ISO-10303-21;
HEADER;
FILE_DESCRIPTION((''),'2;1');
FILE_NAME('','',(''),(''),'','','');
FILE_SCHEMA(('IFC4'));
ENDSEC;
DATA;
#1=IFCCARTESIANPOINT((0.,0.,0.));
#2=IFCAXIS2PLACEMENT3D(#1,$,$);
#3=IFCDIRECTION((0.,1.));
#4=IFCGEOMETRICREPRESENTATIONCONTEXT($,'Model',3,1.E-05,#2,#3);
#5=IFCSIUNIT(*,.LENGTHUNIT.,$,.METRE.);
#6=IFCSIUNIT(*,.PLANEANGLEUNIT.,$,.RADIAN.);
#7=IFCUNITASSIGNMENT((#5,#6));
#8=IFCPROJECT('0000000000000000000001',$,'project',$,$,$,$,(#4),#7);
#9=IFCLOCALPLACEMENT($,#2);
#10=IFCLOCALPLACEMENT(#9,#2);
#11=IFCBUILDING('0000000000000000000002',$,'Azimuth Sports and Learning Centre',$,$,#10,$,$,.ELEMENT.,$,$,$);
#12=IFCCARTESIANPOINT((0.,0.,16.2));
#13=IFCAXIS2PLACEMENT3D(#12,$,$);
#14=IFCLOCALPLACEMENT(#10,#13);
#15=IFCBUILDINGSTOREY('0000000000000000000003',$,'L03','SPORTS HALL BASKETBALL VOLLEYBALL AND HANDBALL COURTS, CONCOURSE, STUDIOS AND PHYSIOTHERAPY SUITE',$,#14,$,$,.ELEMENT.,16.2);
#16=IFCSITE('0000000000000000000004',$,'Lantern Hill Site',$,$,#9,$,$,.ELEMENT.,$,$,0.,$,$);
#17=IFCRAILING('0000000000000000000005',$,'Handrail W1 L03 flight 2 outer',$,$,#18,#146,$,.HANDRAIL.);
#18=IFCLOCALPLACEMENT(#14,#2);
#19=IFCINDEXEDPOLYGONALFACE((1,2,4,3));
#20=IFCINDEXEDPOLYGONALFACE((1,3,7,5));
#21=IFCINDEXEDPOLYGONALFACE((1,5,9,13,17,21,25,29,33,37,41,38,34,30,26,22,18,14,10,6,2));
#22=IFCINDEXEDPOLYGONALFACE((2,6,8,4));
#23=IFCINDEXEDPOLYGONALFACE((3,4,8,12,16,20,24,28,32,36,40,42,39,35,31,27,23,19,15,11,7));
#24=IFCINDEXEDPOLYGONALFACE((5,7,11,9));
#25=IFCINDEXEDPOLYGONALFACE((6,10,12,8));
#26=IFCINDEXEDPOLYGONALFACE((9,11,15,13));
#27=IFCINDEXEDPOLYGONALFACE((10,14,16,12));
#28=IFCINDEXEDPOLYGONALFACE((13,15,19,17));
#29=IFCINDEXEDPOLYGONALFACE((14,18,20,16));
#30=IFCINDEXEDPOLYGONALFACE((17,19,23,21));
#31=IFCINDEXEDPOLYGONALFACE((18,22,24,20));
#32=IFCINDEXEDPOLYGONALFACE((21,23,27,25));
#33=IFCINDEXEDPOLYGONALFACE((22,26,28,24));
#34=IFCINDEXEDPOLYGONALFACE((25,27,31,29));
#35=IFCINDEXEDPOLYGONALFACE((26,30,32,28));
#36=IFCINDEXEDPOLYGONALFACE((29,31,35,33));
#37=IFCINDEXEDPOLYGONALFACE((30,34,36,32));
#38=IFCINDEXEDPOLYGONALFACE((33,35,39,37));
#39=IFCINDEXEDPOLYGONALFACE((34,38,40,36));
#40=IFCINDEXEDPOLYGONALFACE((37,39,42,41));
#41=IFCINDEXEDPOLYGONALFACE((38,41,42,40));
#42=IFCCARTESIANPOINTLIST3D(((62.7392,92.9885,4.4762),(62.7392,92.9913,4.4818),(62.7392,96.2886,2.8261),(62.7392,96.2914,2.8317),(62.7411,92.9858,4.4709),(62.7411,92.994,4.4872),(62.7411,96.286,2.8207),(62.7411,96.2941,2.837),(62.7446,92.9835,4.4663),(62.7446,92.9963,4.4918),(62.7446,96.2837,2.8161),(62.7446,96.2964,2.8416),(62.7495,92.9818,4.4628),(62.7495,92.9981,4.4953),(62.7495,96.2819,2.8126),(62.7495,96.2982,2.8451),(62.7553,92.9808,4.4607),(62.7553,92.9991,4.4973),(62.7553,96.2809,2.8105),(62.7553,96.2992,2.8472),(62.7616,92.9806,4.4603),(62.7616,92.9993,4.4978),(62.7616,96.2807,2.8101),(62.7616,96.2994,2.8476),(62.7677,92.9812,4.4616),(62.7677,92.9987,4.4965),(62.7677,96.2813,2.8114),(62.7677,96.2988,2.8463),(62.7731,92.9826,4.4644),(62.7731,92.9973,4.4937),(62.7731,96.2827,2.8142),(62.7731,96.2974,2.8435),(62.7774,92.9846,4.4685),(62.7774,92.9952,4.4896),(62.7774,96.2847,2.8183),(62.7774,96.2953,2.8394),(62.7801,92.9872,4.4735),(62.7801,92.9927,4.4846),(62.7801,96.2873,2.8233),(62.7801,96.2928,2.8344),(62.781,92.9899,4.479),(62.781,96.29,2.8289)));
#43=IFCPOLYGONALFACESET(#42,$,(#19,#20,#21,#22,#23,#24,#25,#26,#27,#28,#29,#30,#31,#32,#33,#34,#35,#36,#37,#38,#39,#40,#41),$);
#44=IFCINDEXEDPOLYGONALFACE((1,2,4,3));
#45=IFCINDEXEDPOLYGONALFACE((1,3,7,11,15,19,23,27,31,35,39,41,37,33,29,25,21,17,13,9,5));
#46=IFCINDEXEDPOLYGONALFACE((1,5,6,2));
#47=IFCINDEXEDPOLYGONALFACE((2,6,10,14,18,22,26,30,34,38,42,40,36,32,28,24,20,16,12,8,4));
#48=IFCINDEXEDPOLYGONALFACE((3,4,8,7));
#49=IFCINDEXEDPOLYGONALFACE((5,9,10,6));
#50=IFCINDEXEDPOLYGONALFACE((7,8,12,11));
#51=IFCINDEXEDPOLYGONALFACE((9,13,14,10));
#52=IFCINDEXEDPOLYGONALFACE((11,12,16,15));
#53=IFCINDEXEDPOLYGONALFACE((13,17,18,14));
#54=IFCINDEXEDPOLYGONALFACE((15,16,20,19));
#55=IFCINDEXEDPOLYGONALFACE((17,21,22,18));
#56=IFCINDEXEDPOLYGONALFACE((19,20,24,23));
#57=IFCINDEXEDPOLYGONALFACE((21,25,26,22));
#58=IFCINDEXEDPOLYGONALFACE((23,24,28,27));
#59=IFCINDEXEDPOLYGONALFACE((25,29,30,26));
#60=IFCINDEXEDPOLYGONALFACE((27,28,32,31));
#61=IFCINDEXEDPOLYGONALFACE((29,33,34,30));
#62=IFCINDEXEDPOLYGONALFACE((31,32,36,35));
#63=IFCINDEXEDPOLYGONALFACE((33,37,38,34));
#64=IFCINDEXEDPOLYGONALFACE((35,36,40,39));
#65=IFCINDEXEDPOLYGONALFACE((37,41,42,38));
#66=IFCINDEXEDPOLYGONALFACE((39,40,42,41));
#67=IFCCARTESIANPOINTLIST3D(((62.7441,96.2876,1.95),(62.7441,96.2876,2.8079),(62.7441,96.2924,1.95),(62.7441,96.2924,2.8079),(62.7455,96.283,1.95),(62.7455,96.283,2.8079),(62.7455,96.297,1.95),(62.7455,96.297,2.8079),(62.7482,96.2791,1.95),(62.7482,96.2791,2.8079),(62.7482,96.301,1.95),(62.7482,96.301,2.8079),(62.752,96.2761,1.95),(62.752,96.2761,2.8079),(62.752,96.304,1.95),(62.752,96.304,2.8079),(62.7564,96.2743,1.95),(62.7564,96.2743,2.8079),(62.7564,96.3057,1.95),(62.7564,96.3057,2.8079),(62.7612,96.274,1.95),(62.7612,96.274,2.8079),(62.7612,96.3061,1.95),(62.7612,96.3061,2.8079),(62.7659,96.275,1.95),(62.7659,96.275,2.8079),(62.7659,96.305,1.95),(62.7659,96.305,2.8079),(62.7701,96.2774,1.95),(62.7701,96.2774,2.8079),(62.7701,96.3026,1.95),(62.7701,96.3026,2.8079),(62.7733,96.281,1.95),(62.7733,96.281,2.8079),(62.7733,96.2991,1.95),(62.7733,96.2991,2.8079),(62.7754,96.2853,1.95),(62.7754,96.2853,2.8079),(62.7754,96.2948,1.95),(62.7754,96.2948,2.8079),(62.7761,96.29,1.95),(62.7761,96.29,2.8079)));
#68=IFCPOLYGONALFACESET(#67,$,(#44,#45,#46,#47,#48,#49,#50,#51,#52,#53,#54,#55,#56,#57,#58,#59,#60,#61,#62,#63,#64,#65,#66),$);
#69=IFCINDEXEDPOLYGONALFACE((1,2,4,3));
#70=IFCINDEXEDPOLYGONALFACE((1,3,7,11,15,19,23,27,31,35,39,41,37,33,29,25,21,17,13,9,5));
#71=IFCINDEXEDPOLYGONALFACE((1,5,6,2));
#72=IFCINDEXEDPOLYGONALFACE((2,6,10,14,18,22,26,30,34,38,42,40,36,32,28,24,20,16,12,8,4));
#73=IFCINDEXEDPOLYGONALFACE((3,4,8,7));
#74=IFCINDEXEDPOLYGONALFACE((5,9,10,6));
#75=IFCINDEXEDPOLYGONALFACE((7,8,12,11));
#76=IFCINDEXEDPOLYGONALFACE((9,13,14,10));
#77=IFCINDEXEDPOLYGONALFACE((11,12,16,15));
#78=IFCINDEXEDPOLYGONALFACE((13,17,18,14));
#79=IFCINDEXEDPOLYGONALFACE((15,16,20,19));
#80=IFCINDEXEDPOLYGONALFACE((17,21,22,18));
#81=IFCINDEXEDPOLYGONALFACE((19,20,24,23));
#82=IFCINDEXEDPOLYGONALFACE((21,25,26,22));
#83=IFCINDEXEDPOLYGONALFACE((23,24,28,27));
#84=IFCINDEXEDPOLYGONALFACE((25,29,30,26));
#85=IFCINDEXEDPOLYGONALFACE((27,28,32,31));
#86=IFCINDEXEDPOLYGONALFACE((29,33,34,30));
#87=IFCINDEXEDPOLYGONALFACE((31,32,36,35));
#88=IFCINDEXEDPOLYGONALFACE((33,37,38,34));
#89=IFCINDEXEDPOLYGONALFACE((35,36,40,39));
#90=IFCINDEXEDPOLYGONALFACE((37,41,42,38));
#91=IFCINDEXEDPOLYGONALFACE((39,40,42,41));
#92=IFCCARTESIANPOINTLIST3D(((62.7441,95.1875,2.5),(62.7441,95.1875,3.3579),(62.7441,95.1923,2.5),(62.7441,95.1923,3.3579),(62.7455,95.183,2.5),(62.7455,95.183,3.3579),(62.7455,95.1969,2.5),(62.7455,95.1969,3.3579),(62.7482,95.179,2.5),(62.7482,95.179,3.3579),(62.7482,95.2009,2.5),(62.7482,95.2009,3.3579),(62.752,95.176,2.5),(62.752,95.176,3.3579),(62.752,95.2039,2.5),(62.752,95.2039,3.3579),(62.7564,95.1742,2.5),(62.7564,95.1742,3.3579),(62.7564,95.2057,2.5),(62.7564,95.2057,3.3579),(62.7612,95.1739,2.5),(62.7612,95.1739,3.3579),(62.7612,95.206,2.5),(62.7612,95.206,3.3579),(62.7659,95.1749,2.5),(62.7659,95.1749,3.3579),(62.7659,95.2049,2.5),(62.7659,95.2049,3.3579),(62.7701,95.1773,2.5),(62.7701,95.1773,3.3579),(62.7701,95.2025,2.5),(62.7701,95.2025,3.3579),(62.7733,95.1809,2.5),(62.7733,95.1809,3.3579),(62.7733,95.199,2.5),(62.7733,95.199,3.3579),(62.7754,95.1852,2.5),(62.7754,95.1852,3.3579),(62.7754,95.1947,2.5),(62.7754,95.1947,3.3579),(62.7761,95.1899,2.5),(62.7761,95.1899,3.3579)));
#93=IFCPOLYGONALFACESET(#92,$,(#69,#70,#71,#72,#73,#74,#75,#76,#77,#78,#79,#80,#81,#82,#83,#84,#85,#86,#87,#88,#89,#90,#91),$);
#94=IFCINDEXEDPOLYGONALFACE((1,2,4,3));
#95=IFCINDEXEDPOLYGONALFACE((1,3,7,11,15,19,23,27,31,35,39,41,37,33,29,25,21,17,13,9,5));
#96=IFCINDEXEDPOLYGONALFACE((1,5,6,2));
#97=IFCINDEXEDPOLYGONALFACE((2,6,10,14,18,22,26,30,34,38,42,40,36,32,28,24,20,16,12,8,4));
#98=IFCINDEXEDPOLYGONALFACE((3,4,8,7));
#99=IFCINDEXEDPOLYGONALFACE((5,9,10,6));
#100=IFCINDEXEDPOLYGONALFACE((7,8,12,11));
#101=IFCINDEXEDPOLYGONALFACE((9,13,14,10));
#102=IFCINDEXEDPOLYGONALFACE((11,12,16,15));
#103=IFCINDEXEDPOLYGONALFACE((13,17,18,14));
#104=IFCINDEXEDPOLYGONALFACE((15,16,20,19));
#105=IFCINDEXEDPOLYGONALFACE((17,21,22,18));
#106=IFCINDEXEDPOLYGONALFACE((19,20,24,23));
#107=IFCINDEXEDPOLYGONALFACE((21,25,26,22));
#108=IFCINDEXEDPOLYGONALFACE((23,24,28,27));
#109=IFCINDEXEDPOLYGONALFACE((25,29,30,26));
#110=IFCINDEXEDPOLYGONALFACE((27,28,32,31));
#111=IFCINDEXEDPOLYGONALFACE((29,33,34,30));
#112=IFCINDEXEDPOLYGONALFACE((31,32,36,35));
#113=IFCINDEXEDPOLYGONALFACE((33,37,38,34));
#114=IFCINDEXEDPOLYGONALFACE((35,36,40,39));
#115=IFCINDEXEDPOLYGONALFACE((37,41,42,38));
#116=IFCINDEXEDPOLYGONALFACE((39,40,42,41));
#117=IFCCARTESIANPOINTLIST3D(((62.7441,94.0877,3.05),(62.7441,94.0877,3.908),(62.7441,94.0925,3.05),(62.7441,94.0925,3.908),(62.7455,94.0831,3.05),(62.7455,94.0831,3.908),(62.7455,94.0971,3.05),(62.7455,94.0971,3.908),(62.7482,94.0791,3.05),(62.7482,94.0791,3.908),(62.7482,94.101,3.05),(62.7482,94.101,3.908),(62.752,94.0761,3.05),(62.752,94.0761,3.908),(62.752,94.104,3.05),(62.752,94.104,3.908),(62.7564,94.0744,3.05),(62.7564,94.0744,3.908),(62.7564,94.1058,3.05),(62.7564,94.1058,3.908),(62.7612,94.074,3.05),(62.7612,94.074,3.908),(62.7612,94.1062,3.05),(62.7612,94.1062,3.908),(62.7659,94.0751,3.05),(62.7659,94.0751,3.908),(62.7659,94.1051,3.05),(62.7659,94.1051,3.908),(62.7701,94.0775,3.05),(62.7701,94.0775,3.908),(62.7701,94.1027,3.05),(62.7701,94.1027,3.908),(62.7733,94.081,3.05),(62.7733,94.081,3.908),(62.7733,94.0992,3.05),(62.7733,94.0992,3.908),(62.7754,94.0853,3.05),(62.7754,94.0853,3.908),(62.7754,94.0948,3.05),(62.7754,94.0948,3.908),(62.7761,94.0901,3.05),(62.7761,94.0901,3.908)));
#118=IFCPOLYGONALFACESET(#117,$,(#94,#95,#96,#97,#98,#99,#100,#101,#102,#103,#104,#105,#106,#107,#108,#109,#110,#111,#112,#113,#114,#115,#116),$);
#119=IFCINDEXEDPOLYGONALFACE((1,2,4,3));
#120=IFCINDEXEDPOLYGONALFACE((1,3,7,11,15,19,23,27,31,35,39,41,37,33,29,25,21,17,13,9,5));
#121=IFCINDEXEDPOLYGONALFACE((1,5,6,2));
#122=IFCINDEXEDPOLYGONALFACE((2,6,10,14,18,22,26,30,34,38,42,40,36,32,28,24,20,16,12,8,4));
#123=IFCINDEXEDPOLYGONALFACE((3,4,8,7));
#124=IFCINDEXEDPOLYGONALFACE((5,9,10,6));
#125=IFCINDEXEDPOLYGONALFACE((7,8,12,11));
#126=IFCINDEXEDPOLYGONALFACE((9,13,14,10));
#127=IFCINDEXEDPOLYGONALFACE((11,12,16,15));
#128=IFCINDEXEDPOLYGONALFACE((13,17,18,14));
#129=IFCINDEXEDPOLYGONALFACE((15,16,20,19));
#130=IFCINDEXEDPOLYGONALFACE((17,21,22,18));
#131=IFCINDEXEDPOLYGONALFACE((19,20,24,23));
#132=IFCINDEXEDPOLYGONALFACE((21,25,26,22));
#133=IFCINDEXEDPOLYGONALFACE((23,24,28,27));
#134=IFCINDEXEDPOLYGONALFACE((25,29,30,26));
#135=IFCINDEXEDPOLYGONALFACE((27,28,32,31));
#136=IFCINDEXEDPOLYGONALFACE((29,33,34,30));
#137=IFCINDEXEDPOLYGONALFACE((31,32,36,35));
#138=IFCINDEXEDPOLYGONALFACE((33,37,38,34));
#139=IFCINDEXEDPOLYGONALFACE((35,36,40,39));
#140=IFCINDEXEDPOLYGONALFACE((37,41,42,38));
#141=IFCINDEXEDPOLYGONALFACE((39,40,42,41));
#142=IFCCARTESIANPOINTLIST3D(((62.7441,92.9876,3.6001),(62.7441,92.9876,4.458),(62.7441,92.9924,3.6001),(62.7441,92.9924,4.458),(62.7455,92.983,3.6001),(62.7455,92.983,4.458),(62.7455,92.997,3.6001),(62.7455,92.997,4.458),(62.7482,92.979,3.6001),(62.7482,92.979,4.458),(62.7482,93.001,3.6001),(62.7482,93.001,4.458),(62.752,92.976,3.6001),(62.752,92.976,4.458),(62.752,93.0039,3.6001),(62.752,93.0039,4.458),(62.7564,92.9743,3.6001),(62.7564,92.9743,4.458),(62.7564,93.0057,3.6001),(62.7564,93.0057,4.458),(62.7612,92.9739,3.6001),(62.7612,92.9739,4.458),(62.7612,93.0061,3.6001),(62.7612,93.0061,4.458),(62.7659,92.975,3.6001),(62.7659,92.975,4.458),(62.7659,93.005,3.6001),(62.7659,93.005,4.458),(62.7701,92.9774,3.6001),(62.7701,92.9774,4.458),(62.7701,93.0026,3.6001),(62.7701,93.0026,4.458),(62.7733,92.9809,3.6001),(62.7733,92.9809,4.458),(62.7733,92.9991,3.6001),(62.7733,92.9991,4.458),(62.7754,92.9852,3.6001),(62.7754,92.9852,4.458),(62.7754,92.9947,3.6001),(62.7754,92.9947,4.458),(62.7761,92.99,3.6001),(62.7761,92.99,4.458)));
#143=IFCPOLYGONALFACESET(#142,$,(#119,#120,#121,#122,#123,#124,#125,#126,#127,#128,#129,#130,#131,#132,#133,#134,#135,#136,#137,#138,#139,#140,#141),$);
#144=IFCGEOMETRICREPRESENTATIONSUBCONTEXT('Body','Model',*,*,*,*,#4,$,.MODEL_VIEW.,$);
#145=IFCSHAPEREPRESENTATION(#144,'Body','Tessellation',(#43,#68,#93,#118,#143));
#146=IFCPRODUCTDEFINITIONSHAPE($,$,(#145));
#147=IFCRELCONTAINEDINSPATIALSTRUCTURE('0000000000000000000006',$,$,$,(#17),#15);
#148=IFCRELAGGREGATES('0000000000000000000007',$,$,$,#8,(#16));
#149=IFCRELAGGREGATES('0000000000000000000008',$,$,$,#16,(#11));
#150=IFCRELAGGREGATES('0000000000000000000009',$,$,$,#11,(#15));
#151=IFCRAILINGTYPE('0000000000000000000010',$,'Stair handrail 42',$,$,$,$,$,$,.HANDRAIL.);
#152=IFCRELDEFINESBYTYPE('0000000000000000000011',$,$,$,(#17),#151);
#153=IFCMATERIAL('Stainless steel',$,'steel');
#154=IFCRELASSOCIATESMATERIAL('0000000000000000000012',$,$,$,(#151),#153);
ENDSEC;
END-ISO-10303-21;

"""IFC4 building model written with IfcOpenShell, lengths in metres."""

from ifc_helpers import new_model, si_unit, direction, frame, origin, origin_2d, place, context, subcontext, project, spatial, circle, extrude, material, type_object, element, save


model = new_model("IFC4")

# Units and contexts
model_context = context("Model", 3, precision=1e-05, world=origin(), true_north=direction((0.0, 1.0)))
body_context = subcontext(model_context, "Body", "Model", "MODEL_VIEW")
ifc_project = project(units=[si_unit("LENGTHUNIT", "METRE"), si_unit("PLANEANGLEUNIT", "RADIAN")], contexts=[model_context])

# Site, building, storey
site_placement = place(None, origin())
site = spatial("IfcSite", under=ifc_project, at=site_placement, Name="Lantern Hill Site", CompositionType="ELEMENT", RefElevation=0.0)
building_placement = place(site_placement, origin())
building = spatial("IfcBuilding", under=site, at=building_placement, Name="Azimuth Sports and Learning Centre", CompositionType="ELEMENT")
storey_placement = place(building_placement, frame((0.0, 0.0, 16.2)))
storey = spatial("IfcBuildingStorey", under=building, at=storey_placement, Name="L03", Description="SPORTS HALL BASKETBALL VOLLEYBALL AND HANDBALL COURTS, CONCOURSE, STUDIOS AND PHYSIOTHERAPY SUITE", CompositionType="ELEMENT", Elevation=16.2)

# Railing
ifc_material_1 = material(Name="Stainless steel", Category="steel")
railing_type = type_object("IfcRailingType", Name="Stair handrail 42", PredefinedType="HANDRAIL", material=ifc_material_1)
for number, where, name in (
    (1, (62.76, 96.29, 1.95), "Handrail W1 L03 flight 2 outer"),
):
    element("IfcRailing", number, at=place(storey_placement, frame(where)), inside=storey, type_object=railing_type, Name=name, PredefinedType="HANDRAIL", context=body_context, shape_type="SweptSolid", body=[
        extrude(circle(Radius=0.021, at=origin_2d()), frame((0.0, 0.0, 0.8789), z_axis=(0.0, -0.894414, 0.44724), x_axis=(1.0, 0.0, 0.0)), (0.0, 0.0, 1.0), 3.6897),
        extrude(circle(Radius=0.0161, at=origin_2d()), origin(), (0.0, 0.0, 1.0), 0.8579),
        extrude(circle(Radius=0.0161, at=origin_2d()), frame((0.0, -1.1001, 0.55)), (0.0, 0.0, 1.0), 0.8579),
        extrude(circle(Radius=0.0161, at=origin_2d()), frame((0.0, -2.2, 1.1001)), (0.0, 0.0, 1.0), 0.8579),
        extrude(circle(Radius=0.0161, at=origin_2d()), frame((0.0, -3.3, 1.6501)), (0.0, 0.0, 1.0), 0.8579),
    ])

save(model, "model.ifc")
